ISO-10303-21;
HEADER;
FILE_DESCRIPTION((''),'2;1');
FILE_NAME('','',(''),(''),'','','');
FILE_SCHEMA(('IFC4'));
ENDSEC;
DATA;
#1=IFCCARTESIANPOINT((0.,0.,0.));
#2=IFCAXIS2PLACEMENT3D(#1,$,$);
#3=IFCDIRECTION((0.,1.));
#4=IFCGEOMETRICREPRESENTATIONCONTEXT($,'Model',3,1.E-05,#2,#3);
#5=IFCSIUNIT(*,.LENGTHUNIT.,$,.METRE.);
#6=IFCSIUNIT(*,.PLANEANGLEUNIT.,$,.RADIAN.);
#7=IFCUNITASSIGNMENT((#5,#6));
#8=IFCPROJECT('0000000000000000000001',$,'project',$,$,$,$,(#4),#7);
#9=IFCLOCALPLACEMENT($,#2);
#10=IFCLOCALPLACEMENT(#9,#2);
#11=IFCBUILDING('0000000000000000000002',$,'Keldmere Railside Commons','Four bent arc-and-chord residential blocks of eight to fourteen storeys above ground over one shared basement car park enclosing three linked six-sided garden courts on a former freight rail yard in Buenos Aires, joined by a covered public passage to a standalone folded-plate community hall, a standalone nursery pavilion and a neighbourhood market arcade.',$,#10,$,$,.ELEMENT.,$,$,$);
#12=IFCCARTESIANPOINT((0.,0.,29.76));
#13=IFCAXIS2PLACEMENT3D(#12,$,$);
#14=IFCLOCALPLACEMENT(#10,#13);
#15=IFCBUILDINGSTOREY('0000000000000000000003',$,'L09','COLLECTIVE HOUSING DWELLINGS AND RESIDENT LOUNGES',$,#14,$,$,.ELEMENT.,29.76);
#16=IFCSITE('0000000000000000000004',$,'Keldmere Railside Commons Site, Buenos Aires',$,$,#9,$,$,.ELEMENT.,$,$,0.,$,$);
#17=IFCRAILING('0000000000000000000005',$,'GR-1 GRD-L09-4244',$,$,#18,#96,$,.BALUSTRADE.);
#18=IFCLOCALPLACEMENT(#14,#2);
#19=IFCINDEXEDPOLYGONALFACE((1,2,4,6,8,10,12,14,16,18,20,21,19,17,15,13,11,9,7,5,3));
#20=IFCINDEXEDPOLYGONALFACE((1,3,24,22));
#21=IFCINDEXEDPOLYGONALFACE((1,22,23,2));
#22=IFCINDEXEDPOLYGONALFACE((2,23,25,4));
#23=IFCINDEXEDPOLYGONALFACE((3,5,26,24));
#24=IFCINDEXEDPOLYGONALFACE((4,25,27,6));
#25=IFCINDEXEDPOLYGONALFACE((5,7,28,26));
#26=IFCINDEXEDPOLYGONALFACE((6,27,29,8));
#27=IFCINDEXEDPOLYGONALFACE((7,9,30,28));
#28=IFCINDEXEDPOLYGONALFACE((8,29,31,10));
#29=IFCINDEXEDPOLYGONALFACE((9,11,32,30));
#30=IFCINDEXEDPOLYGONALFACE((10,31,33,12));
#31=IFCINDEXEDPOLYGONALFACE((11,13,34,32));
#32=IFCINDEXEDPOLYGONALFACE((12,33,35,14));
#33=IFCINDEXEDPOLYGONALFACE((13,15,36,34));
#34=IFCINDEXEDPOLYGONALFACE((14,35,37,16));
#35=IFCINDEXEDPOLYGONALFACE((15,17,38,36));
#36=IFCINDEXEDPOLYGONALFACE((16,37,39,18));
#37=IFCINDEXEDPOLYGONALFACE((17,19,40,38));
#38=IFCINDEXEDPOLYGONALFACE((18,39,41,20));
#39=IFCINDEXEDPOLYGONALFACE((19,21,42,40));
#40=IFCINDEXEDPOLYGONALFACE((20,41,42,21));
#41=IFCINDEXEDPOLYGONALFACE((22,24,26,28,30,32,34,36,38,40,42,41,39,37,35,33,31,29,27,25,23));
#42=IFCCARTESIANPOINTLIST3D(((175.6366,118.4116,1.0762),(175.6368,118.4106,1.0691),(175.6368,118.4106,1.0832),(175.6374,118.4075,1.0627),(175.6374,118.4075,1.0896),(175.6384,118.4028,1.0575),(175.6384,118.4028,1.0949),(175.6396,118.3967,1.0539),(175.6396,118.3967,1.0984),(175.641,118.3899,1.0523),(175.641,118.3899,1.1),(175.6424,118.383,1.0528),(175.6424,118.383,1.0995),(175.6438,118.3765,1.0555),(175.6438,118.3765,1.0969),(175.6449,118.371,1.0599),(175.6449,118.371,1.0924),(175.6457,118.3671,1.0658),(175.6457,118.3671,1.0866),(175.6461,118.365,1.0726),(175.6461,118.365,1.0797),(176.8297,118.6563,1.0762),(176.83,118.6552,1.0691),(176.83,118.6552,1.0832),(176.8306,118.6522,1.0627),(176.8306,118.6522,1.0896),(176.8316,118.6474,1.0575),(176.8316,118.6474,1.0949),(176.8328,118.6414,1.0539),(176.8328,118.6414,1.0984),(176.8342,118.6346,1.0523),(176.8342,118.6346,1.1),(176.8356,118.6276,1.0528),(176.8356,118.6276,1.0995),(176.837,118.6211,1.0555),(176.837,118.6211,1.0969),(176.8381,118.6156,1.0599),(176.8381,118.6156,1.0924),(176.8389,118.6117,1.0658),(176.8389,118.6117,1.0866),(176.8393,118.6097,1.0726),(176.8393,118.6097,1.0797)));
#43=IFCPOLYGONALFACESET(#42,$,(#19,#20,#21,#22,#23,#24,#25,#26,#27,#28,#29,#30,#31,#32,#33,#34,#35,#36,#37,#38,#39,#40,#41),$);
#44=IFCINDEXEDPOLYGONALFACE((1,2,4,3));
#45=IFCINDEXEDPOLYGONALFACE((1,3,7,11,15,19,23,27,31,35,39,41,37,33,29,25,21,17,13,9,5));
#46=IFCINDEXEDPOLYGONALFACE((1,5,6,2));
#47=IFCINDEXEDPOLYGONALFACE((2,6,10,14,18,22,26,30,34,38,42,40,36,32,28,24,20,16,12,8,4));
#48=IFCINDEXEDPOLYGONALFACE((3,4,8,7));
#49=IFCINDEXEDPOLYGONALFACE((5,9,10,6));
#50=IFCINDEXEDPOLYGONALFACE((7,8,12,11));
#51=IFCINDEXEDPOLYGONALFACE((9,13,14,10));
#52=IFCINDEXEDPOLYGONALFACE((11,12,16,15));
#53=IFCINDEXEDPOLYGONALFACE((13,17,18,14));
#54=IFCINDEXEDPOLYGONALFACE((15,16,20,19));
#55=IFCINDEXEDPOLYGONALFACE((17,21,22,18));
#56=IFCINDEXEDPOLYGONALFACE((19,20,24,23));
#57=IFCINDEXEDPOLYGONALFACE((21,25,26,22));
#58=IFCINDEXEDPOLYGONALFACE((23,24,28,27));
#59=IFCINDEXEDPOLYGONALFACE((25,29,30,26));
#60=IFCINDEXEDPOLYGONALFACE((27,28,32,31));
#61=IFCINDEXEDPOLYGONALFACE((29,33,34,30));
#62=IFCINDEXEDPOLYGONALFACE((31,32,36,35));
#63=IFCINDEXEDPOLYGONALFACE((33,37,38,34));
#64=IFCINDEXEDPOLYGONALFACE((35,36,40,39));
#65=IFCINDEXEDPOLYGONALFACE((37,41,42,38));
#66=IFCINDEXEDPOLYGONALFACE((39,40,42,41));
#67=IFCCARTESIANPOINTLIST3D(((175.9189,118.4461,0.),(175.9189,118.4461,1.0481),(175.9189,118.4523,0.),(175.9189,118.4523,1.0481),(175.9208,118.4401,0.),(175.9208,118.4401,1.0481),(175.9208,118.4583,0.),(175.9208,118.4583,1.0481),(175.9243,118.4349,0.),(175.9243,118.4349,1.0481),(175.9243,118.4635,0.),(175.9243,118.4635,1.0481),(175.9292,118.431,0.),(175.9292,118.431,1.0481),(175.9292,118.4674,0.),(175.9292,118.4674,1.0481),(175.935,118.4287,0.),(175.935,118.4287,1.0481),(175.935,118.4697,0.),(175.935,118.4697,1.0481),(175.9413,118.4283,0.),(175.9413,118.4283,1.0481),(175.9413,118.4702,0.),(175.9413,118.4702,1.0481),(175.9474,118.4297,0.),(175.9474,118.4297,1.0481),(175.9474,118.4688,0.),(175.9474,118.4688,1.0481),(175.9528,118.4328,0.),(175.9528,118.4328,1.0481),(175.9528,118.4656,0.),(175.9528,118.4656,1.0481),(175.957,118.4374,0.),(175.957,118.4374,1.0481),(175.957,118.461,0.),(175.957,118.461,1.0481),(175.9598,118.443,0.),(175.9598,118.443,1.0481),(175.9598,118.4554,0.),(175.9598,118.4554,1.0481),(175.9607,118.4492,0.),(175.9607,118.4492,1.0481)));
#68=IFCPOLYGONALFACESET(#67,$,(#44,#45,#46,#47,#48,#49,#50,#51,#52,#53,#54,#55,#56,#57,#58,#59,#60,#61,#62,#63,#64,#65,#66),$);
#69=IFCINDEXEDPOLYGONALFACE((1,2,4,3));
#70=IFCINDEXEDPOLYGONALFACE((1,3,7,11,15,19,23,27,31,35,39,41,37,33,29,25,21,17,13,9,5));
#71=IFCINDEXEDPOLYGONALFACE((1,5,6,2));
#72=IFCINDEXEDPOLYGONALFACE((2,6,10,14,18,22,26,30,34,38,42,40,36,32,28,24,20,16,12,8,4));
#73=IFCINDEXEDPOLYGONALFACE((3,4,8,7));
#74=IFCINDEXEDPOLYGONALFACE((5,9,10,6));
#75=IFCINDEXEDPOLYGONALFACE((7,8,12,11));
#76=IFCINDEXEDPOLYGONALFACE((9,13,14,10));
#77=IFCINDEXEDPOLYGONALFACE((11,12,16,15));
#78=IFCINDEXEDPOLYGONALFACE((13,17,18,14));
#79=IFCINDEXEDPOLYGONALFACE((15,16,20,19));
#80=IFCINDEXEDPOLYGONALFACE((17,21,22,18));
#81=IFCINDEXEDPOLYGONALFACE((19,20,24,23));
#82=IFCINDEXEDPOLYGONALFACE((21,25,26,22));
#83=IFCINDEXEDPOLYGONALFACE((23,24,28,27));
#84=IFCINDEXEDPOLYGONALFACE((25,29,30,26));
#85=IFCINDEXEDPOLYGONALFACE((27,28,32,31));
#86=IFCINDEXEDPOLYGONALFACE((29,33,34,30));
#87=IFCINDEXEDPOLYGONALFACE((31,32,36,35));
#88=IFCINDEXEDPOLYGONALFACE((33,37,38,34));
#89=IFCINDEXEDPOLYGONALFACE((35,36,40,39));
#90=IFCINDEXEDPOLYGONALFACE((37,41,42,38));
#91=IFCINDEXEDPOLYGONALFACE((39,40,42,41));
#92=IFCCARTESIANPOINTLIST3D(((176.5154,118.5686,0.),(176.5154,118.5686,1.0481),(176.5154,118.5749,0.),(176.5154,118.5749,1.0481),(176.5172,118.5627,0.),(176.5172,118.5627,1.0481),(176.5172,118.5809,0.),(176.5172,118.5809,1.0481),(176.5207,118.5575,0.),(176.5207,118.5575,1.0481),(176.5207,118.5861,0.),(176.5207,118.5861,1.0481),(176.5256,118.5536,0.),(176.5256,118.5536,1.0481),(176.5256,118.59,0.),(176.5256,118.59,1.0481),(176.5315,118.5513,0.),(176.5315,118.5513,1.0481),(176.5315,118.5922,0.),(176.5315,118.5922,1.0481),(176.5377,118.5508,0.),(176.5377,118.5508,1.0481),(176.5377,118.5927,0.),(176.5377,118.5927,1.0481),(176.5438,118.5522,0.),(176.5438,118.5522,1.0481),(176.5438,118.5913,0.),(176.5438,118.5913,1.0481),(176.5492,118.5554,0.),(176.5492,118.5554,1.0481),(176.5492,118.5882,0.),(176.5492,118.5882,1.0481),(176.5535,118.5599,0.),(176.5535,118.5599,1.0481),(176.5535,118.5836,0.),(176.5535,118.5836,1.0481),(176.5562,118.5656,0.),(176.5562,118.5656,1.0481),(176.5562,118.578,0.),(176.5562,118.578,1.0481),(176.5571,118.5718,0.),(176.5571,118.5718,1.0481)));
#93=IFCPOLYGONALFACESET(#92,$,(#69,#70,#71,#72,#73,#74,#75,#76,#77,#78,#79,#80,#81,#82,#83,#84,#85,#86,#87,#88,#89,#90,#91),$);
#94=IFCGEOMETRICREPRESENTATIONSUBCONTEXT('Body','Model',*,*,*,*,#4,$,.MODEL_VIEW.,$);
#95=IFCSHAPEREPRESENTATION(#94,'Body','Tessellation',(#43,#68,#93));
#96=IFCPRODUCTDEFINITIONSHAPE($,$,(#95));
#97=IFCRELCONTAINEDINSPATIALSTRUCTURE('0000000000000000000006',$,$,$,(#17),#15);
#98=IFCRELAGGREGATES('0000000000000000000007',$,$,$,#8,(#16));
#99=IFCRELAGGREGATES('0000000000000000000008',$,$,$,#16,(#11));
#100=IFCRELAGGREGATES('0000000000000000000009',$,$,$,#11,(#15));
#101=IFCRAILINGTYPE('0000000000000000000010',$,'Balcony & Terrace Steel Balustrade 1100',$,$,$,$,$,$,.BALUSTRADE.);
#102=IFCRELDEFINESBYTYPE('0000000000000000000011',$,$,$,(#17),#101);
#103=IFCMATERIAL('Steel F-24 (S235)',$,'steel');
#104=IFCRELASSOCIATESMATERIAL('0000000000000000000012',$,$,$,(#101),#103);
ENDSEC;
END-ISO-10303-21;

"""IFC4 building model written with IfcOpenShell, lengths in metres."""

from ifc_helpers import new_model, si_unit, direction, frame, origin, origin_2d, place, context, subcontext, project, spatial, circle, extrude, material, type_object, element, save


model = new_model("IFC4")

# Units and contexts
model_context = context("Model", 3, precision=1e-05, world=origin(), true_north=direction((0.0, 1.0)))
body_context = subcontext(model_context, "Body", "Model", "MODEL_VIEW")
ifc_project = project(units=[si_unit("LENGTHUNIT", "METRE"), si_unit("PLANEANGLEUNIT", "RADIAN")], contexts=[model_context])

# Site, building, storey
site_placement = place(None, origin())
site = spatial("IfcSite", under=ifc_project, at=site_placement, Name="Keldmere Railside Commons Site, Buenos Aires", CompositionType="ELEMENT", RefElevation=0.0)
building_placement = place(site_placement, origin())
building = spatial("IfcBuilding", under=site, at=building_placement, Name="Keldmere Railside Commons", Description="Four bent arc-and-chord residential blocks of eight to fourteen storeys above ground over one shared basement car park enclosing three linked six-sided garden courts on a former freight rail yard in Buenos Aires, joined by a covered public passage to a standalone folded-plate community hall, a standalone nursery pavilion and a neighbourhood market arcade.", CompositionType="ELEMENT")
storey_placement = place(building_placement, frame((0.0, 0.0, 29.76)))
storey = spatial("IfcBuildingStorey", under=building, at=storey_placement, Name="L09", Description="COLLECTIVE HOUSING DWELLINGS AND RESIDENT LOUNGES", CompositionType="ELEMENT", Elevation=29.76)

# Railing
ifc_material_1 = material(Name="Steel F-24 (S235)", Category="steel")
railing_type = type_object("IfcRailingType", Name="Balcony & Terrace Steel Balustrade 1100", PredefinedType="BALUSTRADE", material=ifc_material_1)
railing_1_placement = place(storey_placement, frame((175.6414, 118.3882, 0.0)))
element("IfcRailing", 1, at=railing_1_placement, inside=storey, type_object=railing_type, Name="GR-1 GRD-L09-4244", PredefinedType="BALUSTRADE", context=body_context, shape_type="SweptSolid", body=[
    extrude(circle(Radius=0.0239, at=origin_2d()), frame((0.0, 0.0, 1.0762), z_axis=(0.979621, 0.200855, 0.0), x_axis=(-0.200855, 0.979621, 0.0)), (0.0, 0.0, 1.0), 1.218),
    extrude(circle(Radius=0.021, at=origin_2d()), frame((0.2983, 0.061, 0.0)), (0.0, 0.0, 1.0), 1.0481),
    extrude(circle(Radius=0.021, at=origin_2d()), frame((0.8948, 0.1836, 0.0)), (0.0, 0.0, 1.0), 1.0481),
])

save(model, "model.ifc")
